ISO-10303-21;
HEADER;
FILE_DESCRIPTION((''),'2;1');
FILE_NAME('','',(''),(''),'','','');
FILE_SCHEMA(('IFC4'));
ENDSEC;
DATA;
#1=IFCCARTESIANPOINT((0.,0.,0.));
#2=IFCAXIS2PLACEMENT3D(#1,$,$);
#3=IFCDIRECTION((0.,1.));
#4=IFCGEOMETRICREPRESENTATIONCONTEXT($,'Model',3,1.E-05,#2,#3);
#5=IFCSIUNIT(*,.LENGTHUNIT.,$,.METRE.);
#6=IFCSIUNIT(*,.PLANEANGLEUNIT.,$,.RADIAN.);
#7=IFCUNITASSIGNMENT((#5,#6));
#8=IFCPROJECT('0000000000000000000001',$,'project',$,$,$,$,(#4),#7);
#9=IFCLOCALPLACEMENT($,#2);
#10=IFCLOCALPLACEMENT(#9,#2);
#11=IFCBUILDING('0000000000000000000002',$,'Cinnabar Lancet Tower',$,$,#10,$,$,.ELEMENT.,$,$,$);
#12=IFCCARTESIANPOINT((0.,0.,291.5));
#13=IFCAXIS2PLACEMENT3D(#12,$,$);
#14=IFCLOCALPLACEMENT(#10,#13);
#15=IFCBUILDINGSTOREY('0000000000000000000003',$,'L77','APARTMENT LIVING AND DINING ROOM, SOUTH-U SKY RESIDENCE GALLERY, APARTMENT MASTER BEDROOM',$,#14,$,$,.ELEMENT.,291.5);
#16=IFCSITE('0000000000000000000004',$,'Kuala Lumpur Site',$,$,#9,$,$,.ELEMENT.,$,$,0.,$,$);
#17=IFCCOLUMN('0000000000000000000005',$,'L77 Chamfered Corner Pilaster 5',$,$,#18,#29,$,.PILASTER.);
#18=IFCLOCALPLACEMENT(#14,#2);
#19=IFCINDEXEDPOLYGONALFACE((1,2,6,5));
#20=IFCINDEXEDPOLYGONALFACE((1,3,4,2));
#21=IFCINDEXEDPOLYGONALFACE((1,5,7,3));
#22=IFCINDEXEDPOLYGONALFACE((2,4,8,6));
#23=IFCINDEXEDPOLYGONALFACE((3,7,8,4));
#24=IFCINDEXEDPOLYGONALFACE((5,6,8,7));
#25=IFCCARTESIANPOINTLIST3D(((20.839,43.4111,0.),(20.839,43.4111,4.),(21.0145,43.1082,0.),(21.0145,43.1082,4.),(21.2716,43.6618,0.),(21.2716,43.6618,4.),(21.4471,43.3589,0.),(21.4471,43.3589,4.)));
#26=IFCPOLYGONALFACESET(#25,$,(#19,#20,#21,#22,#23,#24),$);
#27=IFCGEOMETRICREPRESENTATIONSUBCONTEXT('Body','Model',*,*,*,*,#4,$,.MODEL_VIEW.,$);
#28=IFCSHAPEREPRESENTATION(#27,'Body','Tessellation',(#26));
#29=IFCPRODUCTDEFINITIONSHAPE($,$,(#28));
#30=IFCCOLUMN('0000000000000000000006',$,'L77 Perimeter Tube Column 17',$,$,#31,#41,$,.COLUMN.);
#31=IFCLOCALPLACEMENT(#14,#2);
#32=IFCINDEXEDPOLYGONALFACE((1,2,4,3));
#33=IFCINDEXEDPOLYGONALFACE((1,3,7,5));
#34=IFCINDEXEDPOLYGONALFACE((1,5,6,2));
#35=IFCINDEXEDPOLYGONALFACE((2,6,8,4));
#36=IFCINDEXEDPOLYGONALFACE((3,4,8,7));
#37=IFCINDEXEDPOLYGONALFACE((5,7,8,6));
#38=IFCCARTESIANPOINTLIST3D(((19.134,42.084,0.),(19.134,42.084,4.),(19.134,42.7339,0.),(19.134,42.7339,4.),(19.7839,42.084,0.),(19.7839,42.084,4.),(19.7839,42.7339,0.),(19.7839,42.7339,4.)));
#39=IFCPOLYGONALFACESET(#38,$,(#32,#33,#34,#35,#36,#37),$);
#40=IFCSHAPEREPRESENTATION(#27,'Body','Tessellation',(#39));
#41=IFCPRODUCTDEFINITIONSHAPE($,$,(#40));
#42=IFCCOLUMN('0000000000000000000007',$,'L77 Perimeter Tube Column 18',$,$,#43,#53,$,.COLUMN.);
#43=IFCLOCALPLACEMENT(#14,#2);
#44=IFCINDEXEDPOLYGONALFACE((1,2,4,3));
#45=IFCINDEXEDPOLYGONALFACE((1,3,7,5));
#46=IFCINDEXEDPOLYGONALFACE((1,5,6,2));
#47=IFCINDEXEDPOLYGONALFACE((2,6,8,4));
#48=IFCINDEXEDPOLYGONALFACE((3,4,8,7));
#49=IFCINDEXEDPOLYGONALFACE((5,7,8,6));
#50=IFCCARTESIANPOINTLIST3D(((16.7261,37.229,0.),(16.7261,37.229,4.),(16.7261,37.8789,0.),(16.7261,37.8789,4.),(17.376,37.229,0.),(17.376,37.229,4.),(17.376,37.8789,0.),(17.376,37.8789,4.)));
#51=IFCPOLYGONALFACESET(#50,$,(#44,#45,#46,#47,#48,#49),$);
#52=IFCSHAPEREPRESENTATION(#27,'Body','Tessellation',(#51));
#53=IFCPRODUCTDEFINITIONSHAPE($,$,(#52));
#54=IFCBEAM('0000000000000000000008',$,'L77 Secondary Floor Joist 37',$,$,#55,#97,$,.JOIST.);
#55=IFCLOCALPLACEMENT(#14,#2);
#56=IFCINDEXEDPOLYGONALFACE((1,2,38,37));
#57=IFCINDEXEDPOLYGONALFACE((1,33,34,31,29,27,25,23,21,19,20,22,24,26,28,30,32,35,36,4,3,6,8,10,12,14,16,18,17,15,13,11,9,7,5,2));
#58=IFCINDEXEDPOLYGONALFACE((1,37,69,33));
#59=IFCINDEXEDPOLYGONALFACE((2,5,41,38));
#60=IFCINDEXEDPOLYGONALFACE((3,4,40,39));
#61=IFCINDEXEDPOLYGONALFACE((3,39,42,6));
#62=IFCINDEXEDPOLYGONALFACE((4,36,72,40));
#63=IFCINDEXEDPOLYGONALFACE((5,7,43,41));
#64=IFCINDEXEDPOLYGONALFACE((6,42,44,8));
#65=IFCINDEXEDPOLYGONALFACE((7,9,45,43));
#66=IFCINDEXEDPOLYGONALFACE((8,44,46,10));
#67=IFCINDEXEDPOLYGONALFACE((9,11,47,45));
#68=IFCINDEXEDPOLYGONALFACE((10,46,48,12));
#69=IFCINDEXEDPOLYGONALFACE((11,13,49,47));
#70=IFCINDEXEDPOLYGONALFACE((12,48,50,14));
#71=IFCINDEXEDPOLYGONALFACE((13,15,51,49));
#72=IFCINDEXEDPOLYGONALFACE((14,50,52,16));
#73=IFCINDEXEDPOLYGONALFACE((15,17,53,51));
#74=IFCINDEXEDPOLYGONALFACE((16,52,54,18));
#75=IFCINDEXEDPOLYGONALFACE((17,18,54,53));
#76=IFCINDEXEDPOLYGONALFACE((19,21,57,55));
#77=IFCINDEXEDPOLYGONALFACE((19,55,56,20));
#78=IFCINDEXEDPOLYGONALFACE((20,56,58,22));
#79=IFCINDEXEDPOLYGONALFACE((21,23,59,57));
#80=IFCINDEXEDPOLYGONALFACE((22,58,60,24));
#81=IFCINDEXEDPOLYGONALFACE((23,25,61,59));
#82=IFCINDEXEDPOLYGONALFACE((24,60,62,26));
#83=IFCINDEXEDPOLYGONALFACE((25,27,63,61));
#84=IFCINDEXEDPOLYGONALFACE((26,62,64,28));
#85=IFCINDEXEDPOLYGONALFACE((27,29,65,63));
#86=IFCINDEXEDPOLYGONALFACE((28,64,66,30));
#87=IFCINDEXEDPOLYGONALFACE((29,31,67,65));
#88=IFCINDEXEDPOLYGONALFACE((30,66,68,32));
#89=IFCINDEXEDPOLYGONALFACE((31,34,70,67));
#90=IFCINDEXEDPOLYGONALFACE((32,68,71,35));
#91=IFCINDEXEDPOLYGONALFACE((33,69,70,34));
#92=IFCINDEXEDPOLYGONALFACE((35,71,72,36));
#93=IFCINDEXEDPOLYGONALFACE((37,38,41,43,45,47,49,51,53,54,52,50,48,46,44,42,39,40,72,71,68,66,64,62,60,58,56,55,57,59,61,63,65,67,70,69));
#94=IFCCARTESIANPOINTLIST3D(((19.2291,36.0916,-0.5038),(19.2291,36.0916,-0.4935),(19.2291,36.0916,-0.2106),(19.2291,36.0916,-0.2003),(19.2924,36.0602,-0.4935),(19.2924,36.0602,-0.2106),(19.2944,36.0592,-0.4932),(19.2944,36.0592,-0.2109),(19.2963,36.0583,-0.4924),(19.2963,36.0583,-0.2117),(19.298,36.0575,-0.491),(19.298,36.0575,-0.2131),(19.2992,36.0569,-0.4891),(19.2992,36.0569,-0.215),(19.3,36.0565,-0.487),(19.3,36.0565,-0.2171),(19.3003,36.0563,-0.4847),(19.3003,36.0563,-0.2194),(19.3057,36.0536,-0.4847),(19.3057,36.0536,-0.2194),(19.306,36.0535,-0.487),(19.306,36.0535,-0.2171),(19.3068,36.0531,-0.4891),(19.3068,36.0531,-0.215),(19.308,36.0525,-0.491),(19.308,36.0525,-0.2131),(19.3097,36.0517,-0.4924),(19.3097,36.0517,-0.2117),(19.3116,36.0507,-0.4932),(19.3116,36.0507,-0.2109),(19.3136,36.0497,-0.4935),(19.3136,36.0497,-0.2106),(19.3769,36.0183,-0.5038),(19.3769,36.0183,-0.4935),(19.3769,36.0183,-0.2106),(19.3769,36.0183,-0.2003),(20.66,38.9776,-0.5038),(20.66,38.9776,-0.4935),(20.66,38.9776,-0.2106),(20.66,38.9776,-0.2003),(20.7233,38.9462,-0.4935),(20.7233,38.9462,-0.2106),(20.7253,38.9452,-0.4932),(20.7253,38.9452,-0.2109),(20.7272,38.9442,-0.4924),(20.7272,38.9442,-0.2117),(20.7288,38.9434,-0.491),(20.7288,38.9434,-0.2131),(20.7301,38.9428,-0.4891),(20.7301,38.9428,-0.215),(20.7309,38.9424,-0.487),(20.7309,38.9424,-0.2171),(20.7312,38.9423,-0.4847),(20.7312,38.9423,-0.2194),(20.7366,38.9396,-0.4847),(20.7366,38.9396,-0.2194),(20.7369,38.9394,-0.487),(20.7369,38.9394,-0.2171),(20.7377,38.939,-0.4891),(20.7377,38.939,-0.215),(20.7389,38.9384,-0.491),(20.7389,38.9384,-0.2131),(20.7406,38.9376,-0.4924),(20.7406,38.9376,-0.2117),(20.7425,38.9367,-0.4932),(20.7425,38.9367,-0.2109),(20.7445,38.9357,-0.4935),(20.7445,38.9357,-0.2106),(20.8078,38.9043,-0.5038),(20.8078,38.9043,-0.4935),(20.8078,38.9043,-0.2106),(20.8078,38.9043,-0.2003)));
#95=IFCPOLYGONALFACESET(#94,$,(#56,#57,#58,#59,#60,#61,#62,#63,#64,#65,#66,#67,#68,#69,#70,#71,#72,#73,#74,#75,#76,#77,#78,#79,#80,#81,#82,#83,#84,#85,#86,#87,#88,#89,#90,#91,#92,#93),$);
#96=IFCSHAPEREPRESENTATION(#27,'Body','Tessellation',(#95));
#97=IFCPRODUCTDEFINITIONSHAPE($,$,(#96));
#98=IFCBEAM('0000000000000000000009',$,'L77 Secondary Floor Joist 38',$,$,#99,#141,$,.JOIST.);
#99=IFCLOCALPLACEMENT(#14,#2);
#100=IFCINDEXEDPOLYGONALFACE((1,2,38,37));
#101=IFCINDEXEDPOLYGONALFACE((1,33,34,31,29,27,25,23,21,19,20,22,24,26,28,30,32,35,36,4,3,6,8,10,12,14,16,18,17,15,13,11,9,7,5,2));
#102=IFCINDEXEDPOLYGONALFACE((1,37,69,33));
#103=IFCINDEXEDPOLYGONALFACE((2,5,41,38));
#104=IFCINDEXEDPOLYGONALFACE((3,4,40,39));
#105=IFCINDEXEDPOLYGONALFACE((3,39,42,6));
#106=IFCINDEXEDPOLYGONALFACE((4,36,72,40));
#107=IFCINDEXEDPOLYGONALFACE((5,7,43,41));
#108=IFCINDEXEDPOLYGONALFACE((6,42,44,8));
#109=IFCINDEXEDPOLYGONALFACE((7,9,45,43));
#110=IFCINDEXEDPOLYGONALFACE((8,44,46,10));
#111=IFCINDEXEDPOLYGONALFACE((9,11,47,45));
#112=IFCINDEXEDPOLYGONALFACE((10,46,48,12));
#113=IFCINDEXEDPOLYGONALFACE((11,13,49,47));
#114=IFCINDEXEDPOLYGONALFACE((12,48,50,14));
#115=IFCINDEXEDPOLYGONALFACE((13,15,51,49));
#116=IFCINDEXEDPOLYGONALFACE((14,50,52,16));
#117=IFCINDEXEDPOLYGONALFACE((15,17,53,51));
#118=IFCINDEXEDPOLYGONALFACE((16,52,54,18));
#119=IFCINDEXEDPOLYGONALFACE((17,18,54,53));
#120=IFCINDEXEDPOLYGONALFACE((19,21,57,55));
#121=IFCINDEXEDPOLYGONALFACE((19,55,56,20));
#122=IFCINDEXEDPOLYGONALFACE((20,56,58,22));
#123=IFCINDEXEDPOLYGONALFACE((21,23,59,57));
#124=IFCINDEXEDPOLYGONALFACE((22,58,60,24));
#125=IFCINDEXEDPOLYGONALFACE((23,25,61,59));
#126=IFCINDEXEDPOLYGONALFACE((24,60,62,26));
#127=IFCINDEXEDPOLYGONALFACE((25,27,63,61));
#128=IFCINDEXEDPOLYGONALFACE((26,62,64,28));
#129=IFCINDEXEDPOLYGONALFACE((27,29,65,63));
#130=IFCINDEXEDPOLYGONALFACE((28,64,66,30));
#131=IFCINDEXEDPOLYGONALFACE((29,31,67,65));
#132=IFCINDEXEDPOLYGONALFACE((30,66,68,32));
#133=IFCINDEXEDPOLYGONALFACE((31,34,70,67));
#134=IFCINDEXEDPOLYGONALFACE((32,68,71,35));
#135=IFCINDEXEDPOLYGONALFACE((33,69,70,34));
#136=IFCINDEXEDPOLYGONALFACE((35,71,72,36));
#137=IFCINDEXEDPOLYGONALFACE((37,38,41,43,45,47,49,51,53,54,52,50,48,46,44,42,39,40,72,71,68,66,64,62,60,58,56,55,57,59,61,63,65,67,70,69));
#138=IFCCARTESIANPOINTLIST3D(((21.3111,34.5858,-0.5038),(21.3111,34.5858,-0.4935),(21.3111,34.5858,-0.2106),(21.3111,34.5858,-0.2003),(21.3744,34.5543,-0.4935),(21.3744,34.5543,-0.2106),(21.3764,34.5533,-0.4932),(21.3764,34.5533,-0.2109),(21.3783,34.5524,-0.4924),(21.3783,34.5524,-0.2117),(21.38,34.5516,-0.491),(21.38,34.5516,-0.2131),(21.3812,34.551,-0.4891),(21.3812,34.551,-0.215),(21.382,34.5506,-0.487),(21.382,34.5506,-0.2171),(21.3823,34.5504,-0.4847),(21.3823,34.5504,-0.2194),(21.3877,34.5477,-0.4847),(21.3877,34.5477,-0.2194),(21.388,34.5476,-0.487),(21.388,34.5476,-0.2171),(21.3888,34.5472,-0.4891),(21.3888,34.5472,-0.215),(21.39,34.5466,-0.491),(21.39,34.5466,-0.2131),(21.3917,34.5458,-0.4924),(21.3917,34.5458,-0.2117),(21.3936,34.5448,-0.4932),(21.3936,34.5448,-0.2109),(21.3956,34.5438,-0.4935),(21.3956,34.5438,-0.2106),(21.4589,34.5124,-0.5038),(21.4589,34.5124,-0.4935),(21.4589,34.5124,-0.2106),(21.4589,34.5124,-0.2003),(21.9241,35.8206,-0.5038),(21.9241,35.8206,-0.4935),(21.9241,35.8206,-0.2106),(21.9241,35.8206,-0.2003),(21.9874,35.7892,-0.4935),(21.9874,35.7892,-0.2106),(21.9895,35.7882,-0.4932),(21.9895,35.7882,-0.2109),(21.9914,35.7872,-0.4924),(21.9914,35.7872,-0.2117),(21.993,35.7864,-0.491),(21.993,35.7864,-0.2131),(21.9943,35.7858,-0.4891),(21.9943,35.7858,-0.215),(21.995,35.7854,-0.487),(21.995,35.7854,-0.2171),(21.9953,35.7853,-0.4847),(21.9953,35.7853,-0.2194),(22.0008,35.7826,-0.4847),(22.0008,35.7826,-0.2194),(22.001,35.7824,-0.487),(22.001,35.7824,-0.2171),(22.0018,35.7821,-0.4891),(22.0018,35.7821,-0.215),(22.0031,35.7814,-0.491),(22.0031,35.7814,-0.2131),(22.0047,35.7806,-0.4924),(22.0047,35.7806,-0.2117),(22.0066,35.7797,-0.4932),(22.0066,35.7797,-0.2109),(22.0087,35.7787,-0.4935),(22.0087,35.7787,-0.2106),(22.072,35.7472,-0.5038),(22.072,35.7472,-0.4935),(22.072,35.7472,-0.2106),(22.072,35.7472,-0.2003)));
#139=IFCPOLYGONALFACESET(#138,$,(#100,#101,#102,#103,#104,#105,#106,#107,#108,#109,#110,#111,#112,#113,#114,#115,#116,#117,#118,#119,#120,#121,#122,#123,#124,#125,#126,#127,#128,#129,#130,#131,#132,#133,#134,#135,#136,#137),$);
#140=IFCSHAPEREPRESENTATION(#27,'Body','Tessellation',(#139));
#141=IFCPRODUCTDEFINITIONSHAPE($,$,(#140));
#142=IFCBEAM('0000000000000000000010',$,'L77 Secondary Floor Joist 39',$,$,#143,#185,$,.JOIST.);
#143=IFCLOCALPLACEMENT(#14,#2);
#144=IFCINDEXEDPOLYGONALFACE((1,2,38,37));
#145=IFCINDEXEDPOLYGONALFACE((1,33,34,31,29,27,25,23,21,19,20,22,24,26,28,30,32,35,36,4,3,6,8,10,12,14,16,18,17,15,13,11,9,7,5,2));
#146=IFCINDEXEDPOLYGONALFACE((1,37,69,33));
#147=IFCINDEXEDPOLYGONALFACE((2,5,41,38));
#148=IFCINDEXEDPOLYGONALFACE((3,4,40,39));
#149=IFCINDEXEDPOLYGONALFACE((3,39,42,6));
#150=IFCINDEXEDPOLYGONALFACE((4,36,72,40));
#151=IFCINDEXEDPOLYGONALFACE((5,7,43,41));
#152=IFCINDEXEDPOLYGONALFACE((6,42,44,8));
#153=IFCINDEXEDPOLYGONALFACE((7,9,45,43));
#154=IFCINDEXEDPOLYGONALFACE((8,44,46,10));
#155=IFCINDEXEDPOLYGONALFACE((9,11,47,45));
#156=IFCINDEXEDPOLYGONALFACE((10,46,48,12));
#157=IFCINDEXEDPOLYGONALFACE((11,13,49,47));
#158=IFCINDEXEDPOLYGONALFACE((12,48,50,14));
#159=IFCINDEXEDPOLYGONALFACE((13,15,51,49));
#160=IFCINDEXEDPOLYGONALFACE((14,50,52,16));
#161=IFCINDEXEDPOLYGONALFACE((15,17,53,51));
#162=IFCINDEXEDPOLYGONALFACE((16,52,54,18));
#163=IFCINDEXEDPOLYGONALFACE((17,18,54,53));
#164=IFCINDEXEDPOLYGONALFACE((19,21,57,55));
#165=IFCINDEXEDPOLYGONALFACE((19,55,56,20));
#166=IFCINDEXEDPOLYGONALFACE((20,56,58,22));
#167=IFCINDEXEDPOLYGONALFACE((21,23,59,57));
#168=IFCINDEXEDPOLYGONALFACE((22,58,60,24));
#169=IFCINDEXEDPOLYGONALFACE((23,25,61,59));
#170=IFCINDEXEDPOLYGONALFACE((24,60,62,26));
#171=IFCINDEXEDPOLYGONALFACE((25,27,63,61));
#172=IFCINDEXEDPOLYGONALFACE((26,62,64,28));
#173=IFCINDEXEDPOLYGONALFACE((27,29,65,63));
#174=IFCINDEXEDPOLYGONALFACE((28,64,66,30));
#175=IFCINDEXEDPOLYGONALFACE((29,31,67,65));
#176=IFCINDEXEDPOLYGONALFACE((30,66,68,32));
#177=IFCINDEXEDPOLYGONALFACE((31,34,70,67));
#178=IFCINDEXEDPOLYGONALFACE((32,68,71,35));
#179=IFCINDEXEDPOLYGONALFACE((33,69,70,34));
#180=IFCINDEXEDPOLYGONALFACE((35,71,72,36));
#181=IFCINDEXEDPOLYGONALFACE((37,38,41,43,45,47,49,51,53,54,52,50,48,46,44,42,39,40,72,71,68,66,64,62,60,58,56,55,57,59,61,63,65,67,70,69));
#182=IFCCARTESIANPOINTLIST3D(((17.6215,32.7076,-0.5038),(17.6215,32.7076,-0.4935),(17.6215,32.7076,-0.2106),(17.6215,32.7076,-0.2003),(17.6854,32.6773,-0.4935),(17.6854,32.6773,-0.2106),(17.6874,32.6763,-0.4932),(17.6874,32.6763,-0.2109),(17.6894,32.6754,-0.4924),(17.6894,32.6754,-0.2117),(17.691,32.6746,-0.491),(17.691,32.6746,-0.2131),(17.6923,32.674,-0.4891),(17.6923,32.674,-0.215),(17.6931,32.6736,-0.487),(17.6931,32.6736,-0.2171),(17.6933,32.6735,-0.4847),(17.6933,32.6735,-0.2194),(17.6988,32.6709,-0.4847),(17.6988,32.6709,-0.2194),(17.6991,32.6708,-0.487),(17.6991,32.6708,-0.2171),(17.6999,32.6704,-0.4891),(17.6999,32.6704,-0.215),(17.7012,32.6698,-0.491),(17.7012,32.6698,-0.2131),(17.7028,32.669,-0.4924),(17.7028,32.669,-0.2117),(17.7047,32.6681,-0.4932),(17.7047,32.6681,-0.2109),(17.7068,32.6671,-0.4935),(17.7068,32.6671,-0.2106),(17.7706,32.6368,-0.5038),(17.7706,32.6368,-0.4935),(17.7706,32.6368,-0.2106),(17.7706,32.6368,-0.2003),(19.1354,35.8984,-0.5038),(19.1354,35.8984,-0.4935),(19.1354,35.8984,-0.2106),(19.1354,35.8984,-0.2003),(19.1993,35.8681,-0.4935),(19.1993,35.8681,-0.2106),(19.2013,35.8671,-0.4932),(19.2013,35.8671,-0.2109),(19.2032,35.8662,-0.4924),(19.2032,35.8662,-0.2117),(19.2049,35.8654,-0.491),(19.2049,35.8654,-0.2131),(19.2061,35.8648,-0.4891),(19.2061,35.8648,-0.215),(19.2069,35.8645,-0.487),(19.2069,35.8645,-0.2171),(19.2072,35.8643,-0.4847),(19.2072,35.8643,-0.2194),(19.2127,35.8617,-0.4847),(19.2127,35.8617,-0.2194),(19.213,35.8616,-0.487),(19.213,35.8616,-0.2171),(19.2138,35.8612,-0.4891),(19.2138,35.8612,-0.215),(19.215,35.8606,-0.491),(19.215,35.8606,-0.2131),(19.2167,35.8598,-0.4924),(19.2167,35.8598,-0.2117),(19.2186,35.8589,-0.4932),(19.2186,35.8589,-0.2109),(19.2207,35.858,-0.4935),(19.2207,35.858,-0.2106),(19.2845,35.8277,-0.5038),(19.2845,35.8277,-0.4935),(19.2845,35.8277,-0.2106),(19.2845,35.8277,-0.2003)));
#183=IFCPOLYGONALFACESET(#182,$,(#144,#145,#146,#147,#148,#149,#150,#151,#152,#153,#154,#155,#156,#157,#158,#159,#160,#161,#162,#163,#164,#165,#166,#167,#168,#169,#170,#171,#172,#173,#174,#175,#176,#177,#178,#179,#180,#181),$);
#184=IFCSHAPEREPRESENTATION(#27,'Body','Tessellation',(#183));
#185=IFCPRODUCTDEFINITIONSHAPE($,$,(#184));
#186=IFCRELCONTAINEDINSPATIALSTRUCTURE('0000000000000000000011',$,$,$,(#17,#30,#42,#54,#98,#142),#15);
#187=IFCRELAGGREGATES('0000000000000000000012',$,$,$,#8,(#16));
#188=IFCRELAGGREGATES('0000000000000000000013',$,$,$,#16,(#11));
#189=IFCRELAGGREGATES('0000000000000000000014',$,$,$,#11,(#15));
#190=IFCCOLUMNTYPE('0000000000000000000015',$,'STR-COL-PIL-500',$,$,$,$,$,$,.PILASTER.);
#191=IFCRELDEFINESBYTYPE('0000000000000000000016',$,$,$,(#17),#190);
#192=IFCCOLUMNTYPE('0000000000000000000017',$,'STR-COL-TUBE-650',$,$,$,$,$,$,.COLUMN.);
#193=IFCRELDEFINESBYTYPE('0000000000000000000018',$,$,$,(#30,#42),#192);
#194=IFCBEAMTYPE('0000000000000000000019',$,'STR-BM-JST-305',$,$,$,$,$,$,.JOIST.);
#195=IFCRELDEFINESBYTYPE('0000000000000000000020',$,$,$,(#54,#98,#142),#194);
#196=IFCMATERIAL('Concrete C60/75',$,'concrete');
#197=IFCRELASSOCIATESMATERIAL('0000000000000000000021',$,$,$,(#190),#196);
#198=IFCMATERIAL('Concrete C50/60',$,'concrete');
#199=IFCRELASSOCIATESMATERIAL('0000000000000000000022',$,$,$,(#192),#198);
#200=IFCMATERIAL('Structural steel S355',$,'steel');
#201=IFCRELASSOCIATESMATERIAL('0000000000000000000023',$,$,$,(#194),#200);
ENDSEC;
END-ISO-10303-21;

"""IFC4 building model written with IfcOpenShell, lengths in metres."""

from ifc_helpers import new_model, si_unit, direction, frame, origin, origin_2d, place, context, subcontext, project, spatial, rectangle, i_section, extrude, material, material_profile, profile_set, type_object, element, save


model = new_model("IFC4")

# Units and contexts
model_context = context("Model", 3, precision=1e-05, world=origin(), true_north=direction((0.0, 1.0)))
body_context = subcontext(model_context, "Body", "Model", "MODEL_VIEW")
ifc_project = project(units=[si_unit("LENGTHUNIT", "METRE"), si_unit("PLANEANGLEUNIT", "RADIAN")], contexts=[model_context])

# Site, building, storey
site_placement = place(None, origin())
site = spatial("IfcSite", under=ifc_project, at=site_placement, Name="Kuala Lumpur Site", CompositionType="ELEMENT", RefElevation=0.0)
building_placement = place(site_placement, origin())
building = spatial("IfcBuilding", under=site, at=building_placement, Name="Cinnabar Lancet Tower", CompositionType="ELEMENT")
storey_placement = place(building_placement, frame((0.0, 0.0, 291.5)))
storey = spatial("IfcBuildingStorey", under=building, at=storey_placement, Name="L77", Description="APARTMENT LIVING AND DINING ROOM, SOUTH-U SKY RESIDENCE GALLERY, APARTMENT MASTER BEDROOM", CompositionType="ELEMENT", Elevation=291.5)

# Columns
ifc_material_1 = material(Name="Concrete C60/75", Category="concrete")
ifc_material_profile_1 = material_profile(ifc_material_1, rectangle(XDim=0.5, YDim=0.3501, at=origin_2d()), Name="RC-PIL 500x350")
ifc_profile_set_1 = profile_set([ifc_material_profile_1], Name="Concrete C60/75")
column_type_1 = type_object("IfcColumnType", Name="STR-COL-PIL-500", PredefinedType="PILASTER", material=ifc_profile_set_1)
column_placement = place(storey_placement, frame((21.1431, 43.385, 0.0), z_axis=(0.0, 0.0, 1.0), x_axis=(-0.865256, -0.50133, 0.0)))
element("IfcColumn", 1, at=column_placement, inside=storey, type_object=column_type_1, Name="L77 Chamfered Corner Pilaster 5", PredefinedType="PILASTER", context=body_context, shape_type="SweptSolid", body=[
    extrude(rectangle(XDim=0.5, YDim=0.3501, at=origin_2d()), origin(), (0.0, 0.0, 1.0), 4.0),
])
ifc_material_2 = material(Name="Concrete C50/60", Category="concrete")
ifc_material_profile_2 = material_profile(ifc_material_2, rectangle(XDim=0.6499, YDim=0.6499, at=origin_2d()), Name="RC-COL 650x650")
ifc_profile_set_2 = profile_set([ifc_material_profile_2], Name="Concrete C50/60")
column_type_2 = type_object("IfcColumnType", Name="STR-COL-TUBE-650", PredefinedType="COLUMN", material=ifc_profile_set_2)
for number, where, z_axis, x_axis, name in (
    (2, (19.459, 42.4089, 0.0), (0.0, 0.0, 1.0), (1.0, 0.0, 0.0), "L77 Perimeter Tube Column 17"),
    (3, (17.051, 37.554, 0.0), (0.0, 0.0, 1.0), (1.0, 0.0, 0.0), "L77 Perimeter Tube Column 18"),
):
    element("IfcColumn", number, at=place(storey_placement, frame(where, z_axis=z_axis, x_axis=x_axis)), inside=storey, type_object=column_type_2, Name=name, PredefinedType="COLUMN", context=body_context, shape_type="SweptSolid", body=[
        extrude(rectangle(XDim=0.6499, YDim=0.6499, at=origin_2d()), origin(), (0.0, 0.0, 1.0), 4.0),
    ])

# Beams
ifc_material_3 = material(Name="Structural steel S355", Category="steel")
ifc_material_profile_3 = material_profile(ifc_material_3, i_section(OverallWidth=0.165, OverallDepth=0.3035, WebThickness=0.0061, FlangeThickness=0.0103, FilletRadius=0.0088, at=origin_2d()), Name="UKB 305x165x40")
ifc_profile_set_3 = profile_set([ifc_material_profile_3], Name="Structural steel S355")
beam_type_1 = type_object("IfcBeamType", Name="STR-BM-JST-305", PredefinedType="JOIST", material=ifc_profile_set_3)
beam_1_placement = place(storey_placement, frame((20.7339, 38.9409, -0.3521), z_axis=(-0.44421, -0.895923, 0.0), x_axis=(0.895923, -0.44421, 0.0)))
element("IfcBeam", 4, at=beam_1_placement, inside=storey, type_object=beam_type_1, Name="L77 Secondary Floor Joist 37", PredefinedType="JOIST", context=body_context, shape_type="SweptSolid", body=[
    extrude(i_section(OverallWidth=0.165, OverallDepth=0.3035, WebThickness=0.0061, FlangeThickness=0.0103, FilletRadius=0.0088, at=origin_2d()), origin(), (0.0, 0.0, 1.0), 3.2212),
])
beam_2_placement = place(storey_placement, frame((21.998, 35.7839, -0.3521), z_axis=(-0.444662, -0.895699, 0.0), x_axis=(0.895699, -0.444662, 0.0)))
element("IfcBeam", 5, at=beam_2_placement, inside=storey, type_object=beam_type_1, Name="L77 Secondary Floor Joist 38", PredefinedType="JOIST", context=body_context, shape_type="SweptSolid", body=[
    extrude(i_section(OverallWidth=0.165, OverallDepth=0.3035, WebThickness=0.0061, FlangeThickness=0.0103, FilletRadius=0.0088, at=origin_2d()), origin(), (0.0, 0.0, 1.0), 1.3787),
])
beam_3_placement = place(storey_placement, frame((19.21, 35.863, -0.3521), z_axis=(-0.428648, -0.903472, 0.0), x_axis=(0.903472, -0.428648, 0.0)))
element("IfcBeam", 6, at=beam_3_placement, inside=storey, type_object=beam_type_1, Name="L77 Secondary Floor Joist 39", PredefinedType="JOIST", context=body_context, shape_type="SweptSolid", body=[
    extrude(i_section(OverallWidth=0.165, OverallDepth=0.3035, WebThickness=0.0061, FlangeThickness=0.0103, FilletRadius=0.0088, at=origin_2d()), origin(), (0.0, 0.0, 1.0), 3.5317),
])

save(model, "model.ifc")
